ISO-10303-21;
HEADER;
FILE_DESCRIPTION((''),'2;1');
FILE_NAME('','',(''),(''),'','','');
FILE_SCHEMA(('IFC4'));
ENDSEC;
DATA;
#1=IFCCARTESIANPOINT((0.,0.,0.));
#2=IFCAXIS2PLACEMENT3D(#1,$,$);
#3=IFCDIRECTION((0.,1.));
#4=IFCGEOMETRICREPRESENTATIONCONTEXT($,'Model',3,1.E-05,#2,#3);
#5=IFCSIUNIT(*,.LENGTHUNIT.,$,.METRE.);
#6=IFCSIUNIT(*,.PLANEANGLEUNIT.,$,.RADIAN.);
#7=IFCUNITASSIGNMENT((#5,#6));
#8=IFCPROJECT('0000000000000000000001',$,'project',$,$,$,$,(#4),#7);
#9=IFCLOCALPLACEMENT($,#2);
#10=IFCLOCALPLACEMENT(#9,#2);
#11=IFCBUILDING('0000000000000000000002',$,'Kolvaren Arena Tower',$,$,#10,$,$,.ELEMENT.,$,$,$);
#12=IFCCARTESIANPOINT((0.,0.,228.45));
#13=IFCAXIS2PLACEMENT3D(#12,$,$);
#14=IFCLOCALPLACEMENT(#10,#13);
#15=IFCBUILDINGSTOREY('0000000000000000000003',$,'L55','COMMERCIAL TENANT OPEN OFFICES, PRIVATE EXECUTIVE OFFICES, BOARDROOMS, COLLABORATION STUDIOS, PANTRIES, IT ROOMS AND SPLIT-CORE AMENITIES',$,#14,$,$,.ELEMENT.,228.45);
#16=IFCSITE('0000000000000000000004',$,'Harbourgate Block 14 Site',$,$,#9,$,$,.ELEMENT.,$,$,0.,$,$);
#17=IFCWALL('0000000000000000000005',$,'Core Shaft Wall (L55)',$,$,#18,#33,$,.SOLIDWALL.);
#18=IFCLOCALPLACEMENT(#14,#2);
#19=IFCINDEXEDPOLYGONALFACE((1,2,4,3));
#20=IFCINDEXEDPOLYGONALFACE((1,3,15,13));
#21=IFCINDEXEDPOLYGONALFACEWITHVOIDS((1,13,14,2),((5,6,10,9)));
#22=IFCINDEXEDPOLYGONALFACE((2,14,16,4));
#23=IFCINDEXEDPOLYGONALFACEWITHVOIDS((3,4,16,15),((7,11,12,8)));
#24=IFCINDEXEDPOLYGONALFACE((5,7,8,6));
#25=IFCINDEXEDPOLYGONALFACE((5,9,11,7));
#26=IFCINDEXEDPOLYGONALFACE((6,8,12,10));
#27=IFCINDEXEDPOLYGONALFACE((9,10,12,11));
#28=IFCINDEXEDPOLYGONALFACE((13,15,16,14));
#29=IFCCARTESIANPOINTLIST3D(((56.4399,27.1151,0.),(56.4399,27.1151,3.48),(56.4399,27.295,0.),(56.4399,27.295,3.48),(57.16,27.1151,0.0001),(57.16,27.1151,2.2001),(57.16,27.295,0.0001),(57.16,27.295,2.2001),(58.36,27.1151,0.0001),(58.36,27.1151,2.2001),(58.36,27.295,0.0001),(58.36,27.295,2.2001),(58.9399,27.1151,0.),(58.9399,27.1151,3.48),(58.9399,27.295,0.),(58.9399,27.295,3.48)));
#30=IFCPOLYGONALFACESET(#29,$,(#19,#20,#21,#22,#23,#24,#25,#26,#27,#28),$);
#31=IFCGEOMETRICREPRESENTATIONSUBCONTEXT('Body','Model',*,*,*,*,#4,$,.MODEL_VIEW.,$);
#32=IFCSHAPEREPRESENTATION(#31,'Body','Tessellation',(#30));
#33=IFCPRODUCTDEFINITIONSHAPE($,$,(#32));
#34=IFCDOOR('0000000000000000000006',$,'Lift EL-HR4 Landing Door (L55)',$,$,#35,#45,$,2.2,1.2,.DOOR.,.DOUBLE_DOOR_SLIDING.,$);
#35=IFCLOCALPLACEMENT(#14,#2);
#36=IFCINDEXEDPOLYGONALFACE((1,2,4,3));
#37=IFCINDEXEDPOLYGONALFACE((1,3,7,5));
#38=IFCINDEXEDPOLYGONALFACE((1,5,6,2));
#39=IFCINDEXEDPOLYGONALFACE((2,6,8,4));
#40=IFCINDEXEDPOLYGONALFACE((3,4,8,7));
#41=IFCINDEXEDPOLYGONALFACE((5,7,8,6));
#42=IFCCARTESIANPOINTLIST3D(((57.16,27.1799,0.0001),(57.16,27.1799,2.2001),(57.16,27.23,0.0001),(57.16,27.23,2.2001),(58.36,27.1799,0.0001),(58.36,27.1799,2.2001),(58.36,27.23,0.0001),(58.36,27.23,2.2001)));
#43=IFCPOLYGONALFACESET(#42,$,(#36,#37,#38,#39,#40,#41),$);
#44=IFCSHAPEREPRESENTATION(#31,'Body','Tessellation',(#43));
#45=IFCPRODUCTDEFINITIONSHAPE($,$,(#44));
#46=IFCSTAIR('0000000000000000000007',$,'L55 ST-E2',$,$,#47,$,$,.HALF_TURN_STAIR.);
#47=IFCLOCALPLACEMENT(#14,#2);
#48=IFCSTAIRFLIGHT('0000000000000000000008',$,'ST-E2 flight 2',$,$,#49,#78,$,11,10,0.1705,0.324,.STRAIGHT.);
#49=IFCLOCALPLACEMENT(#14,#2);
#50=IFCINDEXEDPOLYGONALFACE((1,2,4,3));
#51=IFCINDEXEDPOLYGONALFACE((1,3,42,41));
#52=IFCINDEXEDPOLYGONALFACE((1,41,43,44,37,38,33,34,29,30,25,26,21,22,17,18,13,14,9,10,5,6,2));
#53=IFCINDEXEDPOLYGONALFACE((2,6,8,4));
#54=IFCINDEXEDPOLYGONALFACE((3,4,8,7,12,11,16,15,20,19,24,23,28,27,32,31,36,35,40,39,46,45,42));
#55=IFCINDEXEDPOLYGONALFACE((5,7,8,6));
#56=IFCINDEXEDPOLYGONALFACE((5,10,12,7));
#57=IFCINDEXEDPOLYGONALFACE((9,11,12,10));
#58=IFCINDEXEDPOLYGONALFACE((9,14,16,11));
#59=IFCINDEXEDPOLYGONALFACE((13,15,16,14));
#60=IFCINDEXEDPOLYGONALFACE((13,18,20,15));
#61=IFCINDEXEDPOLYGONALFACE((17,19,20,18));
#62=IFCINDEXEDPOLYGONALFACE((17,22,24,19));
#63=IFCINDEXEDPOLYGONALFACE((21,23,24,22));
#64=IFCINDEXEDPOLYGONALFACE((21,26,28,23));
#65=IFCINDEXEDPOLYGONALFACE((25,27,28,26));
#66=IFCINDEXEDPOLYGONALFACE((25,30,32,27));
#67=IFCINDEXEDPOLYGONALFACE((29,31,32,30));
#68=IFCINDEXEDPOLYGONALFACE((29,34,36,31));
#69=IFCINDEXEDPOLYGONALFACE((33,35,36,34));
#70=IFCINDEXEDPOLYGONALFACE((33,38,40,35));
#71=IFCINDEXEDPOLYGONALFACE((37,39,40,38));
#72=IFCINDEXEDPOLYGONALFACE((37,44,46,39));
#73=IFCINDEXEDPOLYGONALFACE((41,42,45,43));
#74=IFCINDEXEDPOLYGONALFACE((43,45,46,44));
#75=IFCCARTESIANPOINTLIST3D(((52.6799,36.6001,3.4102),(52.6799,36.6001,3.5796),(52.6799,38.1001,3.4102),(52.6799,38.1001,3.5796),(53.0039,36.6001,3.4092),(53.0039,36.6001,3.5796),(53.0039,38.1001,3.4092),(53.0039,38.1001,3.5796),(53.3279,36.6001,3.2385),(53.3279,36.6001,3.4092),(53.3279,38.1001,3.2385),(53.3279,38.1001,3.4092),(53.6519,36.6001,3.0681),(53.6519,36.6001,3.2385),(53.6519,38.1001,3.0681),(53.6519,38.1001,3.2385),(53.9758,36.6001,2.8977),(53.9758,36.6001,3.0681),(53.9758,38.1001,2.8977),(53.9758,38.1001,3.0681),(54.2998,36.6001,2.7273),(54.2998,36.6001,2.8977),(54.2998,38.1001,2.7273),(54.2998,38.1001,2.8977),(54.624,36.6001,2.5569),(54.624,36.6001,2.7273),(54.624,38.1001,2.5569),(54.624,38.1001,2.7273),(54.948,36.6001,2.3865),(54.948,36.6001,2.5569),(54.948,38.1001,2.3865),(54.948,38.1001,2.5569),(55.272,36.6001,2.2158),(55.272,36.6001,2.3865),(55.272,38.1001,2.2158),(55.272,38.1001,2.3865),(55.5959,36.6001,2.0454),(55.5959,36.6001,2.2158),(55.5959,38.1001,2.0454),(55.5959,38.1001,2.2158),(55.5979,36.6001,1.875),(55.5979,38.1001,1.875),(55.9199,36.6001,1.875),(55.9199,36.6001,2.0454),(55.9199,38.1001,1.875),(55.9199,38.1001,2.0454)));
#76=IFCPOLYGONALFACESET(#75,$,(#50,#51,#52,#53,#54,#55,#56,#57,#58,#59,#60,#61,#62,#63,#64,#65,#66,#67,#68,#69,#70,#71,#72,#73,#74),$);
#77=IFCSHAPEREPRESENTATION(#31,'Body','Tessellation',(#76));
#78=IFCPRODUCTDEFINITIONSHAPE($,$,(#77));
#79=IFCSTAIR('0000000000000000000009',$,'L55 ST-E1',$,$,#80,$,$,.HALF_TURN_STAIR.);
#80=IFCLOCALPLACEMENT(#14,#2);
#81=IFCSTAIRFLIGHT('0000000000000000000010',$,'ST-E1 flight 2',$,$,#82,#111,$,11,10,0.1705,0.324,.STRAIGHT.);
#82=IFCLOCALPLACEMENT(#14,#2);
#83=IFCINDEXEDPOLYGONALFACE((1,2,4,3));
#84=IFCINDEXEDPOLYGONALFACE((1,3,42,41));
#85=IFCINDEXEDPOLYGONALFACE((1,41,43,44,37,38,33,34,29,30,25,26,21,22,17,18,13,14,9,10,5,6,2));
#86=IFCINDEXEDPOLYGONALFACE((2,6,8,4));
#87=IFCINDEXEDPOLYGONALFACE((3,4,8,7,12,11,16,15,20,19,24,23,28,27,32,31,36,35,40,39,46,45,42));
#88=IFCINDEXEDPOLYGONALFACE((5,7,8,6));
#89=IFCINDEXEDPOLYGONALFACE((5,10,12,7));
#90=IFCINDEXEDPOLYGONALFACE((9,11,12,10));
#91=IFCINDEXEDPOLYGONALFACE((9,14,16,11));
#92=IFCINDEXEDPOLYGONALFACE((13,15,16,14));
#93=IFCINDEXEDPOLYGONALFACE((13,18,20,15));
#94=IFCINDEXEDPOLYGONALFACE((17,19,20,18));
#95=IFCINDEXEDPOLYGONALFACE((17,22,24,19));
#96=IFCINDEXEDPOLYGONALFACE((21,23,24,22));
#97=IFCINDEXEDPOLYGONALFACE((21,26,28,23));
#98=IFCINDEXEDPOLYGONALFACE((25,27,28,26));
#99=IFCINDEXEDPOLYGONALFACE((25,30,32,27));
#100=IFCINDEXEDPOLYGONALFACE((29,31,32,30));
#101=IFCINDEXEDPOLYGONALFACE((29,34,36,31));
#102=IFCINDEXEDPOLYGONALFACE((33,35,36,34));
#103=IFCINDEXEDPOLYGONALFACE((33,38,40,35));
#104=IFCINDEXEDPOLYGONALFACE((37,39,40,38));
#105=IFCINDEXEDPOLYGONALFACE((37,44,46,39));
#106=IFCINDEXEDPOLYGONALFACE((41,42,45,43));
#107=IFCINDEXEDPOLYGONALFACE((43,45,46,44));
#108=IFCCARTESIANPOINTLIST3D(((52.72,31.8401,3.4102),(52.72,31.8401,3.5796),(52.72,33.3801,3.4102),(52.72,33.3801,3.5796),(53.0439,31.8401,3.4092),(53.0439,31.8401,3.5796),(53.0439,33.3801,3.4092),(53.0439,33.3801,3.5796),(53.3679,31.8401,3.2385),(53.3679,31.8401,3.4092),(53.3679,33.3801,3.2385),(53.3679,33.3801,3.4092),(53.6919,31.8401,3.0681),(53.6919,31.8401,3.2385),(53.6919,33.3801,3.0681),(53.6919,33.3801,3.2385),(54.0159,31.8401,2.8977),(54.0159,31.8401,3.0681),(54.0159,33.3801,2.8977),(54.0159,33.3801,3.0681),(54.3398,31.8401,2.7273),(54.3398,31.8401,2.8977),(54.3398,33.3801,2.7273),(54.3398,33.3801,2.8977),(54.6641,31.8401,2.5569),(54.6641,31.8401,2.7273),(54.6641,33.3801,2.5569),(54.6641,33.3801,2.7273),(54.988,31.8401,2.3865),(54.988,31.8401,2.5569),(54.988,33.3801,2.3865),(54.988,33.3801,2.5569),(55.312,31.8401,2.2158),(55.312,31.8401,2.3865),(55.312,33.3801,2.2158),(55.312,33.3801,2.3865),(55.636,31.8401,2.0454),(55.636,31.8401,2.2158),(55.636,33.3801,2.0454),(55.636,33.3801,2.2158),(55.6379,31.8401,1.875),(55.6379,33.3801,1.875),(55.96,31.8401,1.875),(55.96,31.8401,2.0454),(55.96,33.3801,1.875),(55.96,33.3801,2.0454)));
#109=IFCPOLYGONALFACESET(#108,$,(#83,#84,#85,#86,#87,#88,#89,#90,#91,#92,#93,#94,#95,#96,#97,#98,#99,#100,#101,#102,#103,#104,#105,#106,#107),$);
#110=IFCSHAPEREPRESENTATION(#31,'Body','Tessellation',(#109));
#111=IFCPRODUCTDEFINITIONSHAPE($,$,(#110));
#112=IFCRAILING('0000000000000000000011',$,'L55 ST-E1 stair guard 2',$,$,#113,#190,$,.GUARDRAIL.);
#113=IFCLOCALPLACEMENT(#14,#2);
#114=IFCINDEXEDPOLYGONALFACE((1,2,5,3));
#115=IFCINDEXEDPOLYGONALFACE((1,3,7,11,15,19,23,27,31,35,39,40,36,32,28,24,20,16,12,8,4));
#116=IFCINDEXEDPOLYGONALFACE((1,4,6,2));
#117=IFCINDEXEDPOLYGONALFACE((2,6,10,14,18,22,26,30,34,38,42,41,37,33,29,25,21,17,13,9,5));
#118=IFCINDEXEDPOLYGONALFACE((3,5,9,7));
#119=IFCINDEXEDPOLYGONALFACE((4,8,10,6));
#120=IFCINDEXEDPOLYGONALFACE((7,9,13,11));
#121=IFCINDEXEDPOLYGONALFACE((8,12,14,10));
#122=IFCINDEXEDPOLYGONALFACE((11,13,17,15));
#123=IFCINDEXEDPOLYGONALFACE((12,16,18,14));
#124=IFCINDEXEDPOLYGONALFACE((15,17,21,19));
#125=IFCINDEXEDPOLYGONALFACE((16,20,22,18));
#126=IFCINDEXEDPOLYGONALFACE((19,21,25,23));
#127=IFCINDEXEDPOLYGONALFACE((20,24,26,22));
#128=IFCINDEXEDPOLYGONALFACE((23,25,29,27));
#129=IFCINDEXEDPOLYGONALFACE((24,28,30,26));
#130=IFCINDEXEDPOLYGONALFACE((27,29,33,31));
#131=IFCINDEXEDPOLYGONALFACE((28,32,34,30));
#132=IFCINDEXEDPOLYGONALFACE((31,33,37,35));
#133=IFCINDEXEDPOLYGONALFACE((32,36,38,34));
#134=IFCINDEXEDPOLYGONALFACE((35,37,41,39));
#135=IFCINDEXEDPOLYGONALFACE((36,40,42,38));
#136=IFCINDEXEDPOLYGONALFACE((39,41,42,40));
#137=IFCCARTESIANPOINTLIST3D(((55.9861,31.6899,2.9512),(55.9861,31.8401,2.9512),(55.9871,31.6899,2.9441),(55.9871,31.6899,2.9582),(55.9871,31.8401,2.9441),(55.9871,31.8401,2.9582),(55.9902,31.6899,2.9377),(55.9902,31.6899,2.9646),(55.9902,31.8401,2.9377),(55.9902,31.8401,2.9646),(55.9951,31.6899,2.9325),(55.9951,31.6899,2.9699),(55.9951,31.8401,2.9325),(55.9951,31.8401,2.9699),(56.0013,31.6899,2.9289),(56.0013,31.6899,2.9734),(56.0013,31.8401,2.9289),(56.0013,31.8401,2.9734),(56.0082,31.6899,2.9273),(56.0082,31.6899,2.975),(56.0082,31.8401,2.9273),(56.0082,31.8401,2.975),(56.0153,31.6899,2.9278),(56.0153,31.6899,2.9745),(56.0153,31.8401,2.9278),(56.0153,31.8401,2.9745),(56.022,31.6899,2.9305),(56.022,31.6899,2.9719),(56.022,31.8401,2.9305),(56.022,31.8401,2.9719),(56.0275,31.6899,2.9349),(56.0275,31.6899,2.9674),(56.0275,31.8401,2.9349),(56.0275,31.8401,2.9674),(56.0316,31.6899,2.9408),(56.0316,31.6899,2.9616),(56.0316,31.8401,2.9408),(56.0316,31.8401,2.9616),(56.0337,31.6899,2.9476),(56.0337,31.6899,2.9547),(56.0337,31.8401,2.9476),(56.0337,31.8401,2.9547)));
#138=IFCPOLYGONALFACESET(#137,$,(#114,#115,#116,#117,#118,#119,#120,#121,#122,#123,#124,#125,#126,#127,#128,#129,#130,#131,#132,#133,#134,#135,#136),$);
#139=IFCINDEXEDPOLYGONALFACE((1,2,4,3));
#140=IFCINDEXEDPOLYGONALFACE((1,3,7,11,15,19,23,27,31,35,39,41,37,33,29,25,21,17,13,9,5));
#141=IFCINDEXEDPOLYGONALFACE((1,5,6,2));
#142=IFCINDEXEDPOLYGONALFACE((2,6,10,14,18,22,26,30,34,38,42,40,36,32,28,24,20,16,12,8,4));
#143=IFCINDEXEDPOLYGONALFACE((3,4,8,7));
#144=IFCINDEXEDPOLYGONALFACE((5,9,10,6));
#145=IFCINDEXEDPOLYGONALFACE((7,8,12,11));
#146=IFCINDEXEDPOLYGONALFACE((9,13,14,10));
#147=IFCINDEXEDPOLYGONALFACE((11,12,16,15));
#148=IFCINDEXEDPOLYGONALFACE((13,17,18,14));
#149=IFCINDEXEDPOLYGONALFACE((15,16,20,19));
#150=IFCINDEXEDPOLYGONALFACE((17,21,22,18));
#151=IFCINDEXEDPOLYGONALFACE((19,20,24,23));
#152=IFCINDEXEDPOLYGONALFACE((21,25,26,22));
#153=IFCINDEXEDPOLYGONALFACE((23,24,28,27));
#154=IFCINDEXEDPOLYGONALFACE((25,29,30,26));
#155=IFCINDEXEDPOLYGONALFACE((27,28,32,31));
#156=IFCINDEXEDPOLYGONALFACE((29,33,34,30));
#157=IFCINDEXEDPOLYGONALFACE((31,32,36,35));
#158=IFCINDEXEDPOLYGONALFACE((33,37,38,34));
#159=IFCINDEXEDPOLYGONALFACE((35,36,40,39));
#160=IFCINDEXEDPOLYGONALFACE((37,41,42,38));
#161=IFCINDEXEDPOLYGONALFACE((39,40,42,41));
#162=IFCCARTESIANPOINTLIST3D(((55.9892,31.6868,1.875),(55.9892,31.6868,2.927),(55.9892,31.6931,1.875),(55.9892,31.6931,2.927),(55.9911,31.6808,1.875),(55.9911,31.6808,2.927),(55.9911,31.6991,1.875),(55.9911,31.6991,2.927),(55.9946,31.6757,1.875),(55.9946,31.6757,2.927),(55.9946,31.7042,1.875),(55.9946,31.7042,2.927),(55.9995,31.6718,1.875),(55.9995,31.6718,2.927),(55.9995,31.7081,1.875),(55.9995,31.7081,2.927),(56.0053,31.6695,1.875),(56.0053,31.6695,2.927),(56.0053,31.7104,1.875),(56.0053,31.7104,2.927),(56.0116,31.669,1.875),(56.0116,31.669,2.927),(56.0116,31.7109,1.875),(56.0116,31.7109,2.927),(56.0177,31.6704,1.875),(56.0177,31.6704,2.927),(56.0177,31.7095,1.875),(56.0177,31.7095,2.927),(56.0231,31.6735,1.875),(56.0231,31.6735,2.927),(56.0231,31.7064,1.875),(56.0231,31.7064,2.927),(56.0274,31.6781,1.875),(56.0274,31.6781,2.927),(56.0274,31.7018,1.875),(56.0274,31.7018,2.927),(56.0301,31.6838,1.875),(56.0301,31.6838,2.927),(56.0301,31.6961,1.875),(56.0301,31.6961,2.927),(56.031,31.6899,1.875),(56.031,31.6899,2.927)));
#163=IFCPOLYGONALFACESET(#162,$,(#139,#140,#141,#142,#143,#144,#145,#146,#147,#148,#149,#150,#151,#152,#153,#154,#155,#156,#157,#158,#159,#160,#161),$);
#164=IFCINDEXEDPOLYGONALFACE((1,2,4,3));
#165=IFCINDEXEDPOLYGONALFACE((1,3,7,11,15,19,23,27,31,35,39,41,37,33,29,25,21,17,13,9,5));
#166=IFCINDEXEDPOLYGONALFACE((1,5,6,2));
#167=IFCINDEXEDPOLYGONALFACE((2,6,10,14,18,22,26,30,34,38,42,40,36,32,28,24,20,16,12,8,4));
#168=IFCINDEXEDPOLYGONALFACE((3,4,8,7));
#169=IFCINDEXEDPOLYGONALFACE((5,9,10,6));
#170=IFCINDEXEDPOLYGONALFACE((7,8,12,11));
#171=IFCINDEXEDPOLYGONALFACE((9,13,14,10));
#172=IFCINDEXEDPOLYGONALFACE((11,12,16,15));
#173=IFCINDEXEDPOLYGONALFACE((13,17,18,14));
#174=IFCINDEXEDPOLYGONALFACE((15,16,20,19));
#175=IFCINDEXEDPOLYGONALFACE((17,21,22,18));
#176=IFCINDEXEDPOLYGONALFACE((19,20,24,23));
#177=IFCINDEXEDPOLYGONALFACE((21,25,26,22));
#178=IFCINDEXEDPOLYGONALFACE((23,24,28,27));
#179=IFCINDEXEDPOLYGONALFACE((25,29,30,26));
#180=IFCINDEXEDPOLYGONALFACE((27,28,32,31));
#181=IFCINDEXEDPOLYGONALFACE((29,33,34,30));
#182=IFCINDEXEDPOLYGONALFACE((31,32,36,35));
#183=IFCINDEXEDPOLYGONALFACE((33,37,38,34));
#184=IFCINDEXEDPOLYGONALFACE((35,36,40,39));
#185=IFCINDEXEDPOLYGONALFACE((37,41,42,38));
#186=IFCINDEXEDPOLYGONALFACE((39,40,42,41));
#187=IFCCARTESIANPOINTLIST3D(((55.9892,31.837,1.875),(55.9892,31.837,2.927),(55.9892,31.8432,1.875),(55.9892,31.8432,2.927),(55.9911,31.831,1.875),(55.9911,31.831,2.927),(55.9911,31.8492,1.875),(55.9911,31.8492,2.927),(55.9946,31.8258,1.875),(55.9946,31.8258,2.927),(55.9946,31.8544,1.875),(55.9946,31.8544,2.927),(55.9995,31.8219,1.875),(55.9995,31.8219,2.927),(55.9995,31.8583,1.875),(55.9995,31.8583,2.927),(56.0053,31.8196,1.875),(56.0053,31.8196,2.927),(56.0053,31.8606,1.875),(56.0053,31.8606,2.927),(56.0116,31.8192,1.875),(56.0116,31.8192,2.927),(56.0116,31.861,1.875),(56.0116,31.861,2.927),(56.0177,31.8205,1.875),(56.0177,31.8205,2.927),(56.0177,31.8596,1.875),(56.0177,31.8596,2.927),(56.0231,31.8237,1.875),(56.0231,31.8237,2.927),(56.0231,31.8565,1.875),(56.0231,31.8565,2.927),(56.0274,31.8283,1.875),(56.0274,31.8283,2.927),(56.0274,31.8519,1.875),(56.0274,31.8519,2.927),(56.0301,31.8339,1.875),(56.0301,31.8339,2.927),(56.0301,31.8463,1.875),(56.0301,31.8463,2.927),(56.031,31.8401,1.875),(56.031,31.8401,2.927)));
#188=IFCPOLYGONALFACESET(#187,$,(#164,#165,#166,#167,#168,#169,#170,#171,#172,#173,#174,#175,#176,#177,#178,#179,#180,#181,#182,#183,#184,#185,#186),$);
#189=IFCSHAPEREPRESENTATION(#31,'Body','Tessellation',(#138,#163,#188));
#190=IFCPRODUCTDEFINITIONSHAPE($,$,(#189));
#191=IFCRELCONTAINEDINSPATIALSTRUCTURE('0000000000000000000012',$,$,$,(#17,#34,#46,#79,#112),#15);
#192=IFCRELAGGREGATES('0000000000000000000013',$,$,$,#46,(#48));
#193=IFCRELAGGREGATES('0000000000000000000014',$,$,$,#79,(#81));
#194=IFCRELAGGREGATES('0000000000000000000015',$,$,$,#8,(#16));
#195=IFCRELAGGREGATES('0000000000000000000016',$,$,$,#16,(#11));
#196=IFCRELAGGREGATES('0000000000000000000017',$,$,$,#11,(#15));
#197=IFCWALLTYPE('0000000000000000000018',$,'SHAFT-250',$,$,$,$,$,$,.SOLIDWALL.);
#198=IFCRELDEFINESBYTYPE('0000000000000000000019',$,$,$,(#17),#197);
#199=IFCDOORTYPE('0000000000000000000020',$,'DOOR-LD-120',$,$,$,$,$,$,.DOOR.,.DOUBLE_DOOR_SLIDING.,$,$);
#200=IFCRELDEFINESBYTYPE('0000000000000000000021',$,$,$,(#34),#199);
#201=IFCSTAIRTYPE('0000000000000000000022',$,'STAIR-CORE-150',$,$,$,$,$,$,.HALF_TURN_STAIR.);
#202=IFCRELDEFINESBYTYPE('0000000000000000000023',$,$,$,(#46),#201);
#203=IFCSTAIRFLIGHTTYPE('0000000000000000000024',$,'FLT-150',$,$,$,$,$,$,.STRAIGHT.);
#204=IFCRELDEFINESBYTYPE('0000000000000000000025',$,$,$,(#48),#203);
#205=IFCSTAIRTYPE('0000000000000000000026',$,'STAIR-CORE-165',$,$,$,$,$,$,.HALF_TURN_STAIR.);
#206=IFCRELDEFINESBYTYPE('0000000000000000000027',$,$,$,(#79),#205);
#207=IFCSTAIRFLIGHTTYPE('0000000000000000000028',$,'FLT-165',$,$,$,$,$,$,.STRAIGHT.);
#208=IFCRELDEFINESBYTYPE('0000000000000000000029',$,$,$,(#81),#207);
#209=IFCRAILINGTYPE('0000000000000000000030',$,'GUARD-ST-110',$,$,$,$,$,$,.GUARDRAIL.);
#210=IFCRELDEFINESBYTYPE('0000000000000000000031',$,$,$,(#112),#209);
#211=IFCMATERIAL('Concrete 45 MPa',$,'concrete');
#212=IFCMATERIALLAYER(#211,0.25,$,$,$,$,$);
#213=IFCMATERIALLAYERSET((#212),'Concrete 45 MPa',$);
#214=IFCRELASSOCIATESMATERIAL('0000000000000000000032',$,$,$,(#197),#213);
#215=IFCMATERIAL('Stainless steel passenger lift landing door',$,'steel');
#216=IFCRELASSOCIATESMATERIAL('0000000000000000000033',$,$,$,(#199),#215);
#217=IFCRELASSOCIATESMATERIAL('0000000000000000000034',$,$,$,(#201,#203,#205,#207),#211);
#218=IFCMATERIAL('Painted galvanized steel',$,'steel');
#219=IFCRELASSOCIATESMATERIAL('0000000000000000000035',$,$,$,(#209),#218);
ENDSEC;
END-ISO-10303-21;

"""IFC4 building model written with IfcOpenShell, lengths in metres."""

from ifc_helpers import new_model, si_unit, direction, frame, frame_2d, origin, origin_2d, place, context, subcontext, project, spatial, polyline, rectangle, circle, outline, extrude, material, layer, layer_set, type_object, element, fill, aggregate, save


model = new_model("IFC4")

# Units and contexts
model_context = context("Model", 3, precision=1e-05, world=origin(), true_north=direction((0.0, 1.0)))
body_context = subcontext(model_context, "Body", "Model", "MODEL_VIEW")
ifc_project = project(units=[si_unit("LENGTHUNIT", "METRE"), si_unit("PLANEANGLEUNIT", "RADIAN")], contexts=[model_context])

# Site, building, storey
site_placement = place(None, origin())
site = spatial("IfcSite", under=ifc_project, at=site_placement, Name="Harbourgate Block 14 Site", CompositionType="ELEMENT", RefElevation=0.0)
building_placement = place(site_placement, origin())
building = spatial("IfcBuilding", under=site, at=building_placement, Name="Kolvaren Arena Tower", CompositionType="ELEMENT")
storey_placement = place(building_placement, frame((0.0, 0.0, 228.45)))
storey = spatial("IfcBuildingStorey", under=building, at=storey_placement, Name="L55", Description="COMMERCIAL TENANT OPEN OFFICES, PRIVATE EXECUTIVE OFFICES, BOARDROOMS, COLLABORATION STUDIOS, PANTRIES, IT ROOMS AND SPLIT-CORE AMENITIES", CompositionType="ELEMENT", Elevation=228.45)

# Shared definitions
ifc_material_1 = material(Name="Concrete 45 MPa", Category="concrete")
ifc_layer = layer(ifc_material_1, 0.25)
ifc_layer_set = layer_set([ifc_layer], Name="Concrete 45 MPa")
wall_type = type_object("IfcWallType", Name="SHAFT-250", PredefinedType="SOLIDWALL", material=ifc_layer_set)

# Wall, opening, door
wall_1_placement = place(storey_placement, frame((56.4399, 27.2051, 0.0), z_axis=(0.0, 0.0, 1.0), x_axis=(1.0, 0.0, 0.0)))
wall_1 = element("IfcWall", 1, at=wall_1_placement, inside=storey, type_object=wall_type, Name="Core Shaft Wall (L55)", PredefinedType="SOLIDWALL", context=body_context, shape_type="SweptSolid", body=[
    extrude(rectangle(XDim=2.5, YDim=0.1799, at=frame_2d((1.25, 0.0))), origin(), (0.0, 0.0, 1.0), 3.48),
])
opening_1_placement = place(wall_1_placement, frame((0.72, 0.0, 0.0)))
opening_1 = element("IfcOpeningElement", 2, at=opening_1_placement, cuts=wall_1, PredefinedType="OPENING", context=body_context, shape_type="SweptSolid", body=[
    extrude(rectangle(XDim=1.2, YDim=2.2, at=frame_2d((0.6001, 1.1001))), frame((0.0, 0.0999, 0.0), z_axis=(0.0, -1.0, 0.0), x_axis=(1.0, 0.0, 0.0)), (0.0, 0.0, 1.0), 0.2),
])
ifc_material_2 = material(Name="Stainless steel passenger lift landing door", Category="steel")
door_type_1 = type_object("IfcDoorType", Name="DOOR-LD-120", OperationType="DOUBLE_DOOR_SLIDING", PredefinedType="DOOR", material=ifc_material_2)
door_1_placement = place(opening_1_placement, origin())
door_1 = element("IfcDoor", 3, at=door_1_placement, inside=storey, type_object=door_type_1, Name="Lift EL-HR4 Landing Door (L55)", OperationType="DOUBLE_DOOR_SLIDING", OverallHeight=2.2, OverallWidth=1.2, PredefinedType="DOOR", context=body_context, shape_type="SweptSolid", body=[
    extrude(rectangle(XDim=1.2, YDim=2.2, at=frame_2d((0.6001, 1.1001))), frame((0.0, 0.0249, 0.0), z_axis=(0.0, -1.0, 0.0), x_axis=(1.0, 0.0, 0.0)), (0.0, 0.0, 1.0), 0.05),
])
fill(opening_1, door_1)

# Stairs, stair flights
stair_type_1 = type_object("IfcStairType", Name="STAIR-CORE-150", PredefinedType="HALF_TURN_STAIR", material=ifc_material_1)
stair_1_placement = place(storey_placement, origin())
stair_1 = element("IfcStair", 4, at=stair_1_placement, inside=storey, type_object=stair_type_1, Name="L55 ST-E2", PredefinedType="HALF_TURN_STAIR")
stair_flight_type_1 = type_object("IfcStairFlightType", Name="FLT-150", PredefinedType="STRAIGHT", material=ifc_material_1)
stair_flight_1_placement = place(storey_placement, frame((55.9199, 37.3501, 1.875), z_axis=(0.0, 0.0, 1.0), x_axis=(-1.0, 0.0, 0.0)))
stair_flight_1 = element("IfcStairFlight", 5, at=stair_flight_1_placement, type_object=stair_flight_type_1, Name="ST-E2 flight 2", NumberOfRisers=11, NumberOfTreads=10, PredefinedType="STRAIGHT", RiserHeight=0.1705, TreadLength=0.324, context=body_context, shape_type="SweptSolid", body=[
    extrude(outline(polyline([(0.0, 0.0), (0.0, 0.1704), (0.324, 0.1704), (0.324, 0.3408), (0.6479, 0.3408), (0.6479, 0.5115), (0.9719, 0.5115), (0.9719, 0.6819), (1.2959, 0.6819), (1.2959, 0.8523), (1.6201, 0.8523), (1.6201, 1.0227), (1.9441, 1.0227), (1.9441, 1.1931), (2.2681, 1.1931), (2.2681, 1.3635), (2.592, 1.3635), (2.592, 1.5342), (2.916, 1.5342), (2.916, 1.7046), (3.24, 1.7046), (3.24, 1.875), (3.24, 1.5352), (0.322, 0.0), (0.0, 0.0)])), frame((0.0, 0.75, 0.0), z_axis=(0.0, -1.0, 0.0), x_axis=(1.0, 0.0, 0.0)), (0.0, 0.0, 1.0), 1.5),
])
aggregate(stair_1, [stair_flight_1])
stair_type_2 = type_object("IfcStairType", Name="STAIR-CORE-165", PredefinedType="HALF_TURN_STAIR", material=ifc_material_1)
stair_2_placement = place(storey_placement, origin())
stair_2 = element("IfcStair", 6, at=stair_2_placement, inside=storey, type_object=stair_type_2, Name="L55 ST-E1", PredefinedType="HALF_TURN_STAIR")
stair_flight_type_2 = type_object("IfcStairFlightType", Name="FLT-165", PredefinedType="STRAIGHT", material=ifc_material_1)
stair_flight_2_placement = place(storey_placement, frame((55.96, 32.6101, 1.875), z_axis=(0.0, 0.0, 1.0), x_axis=(-1.0, 0.0, 0.0)))
stair_flight_2 = element("IfcStairFlight", 7, at=stair_flight_2_placement, type_object=stair_flight_type_2, Name="ST-E1 flight 2", NumberOfRisers=11, NumberOfTreads=10, PredefinedType="STRAIGHT", RiserHeight=0.1705, TreadLength=0.324, context=body_context, shape_type="SweptSolid", body=[
    extrude(outline(polyline([(0.0, 0.0), (0.0, 0.1704), (0.324, 0.1704), (0.324, 0.3408), (0.6479, 0.3408), (0.6479, 0.5115), (0.9719, 0.5115), (0.9719, 0.6819), (1.2959, 0.6819), (1.2959, 0.8523), (1.6201, 0.8523), (1.6201, 1.0227), (1.9441, 1.0227), (1.9441, 1.1931), (2.2681, 1.1931), (2.2681, 1.3635), (2.592, 1.3635), (2.592, 1.5342), (2.916, 1.5342), (2.916, 1.7046), (3.24, 1.7046), (3.24, 1.875), (3.24, 1.5352), (0.322, 0.0), (0.0, 0.0)])), frame((0.0, 0.77, 0.0), z_axis=(0.0, -1.0, 0.0), x_axis=(1.0, 0.0, 0.0)), (0.0, 0.0, 1.0), 1.54),
])
aggregate(stair_2, [stair_flight_2])

# Railing
ifc_material_3 = material(Name="Painted galvanized steel", Category="steel")
railing_type_1 = type_object("IfcRailingType", Name="GUARD-ST-110", PredefinedType="GUARDRAIL", material=ifc_material_3)
railing_1_placement = place(storey_placement, frame((56.01, 31.6899, 1.875)))
element("IfcRailing", 8, at=railing_1_placement, inside=storey, type_object=railing_type_1, Name="L55 ST-E1 stair guard 2", PredefinedType="GUARDRAIL", context=body_context, shape_type="SweptSolid", body=[
    extrude(circle(Radius=0.0239, at=origin_2d()), frame((0.0, 0.0, 1.0762), z_axis=(0.0, 1.0, 0.0), x_axis=(-1.0, 0.0, 0.0)), (0.0, 0.0, 1.0), 0.1501),
    extrude(circle(Radius=0.021, at=origin_2d()), origin(), (0.0, 0.0, 1.0), 1.052),
    extrude(circle(Radius=0.021, at=origin_2d()), frame((0.0, 0.1501, 0.0)), (0.0, 0.0, 1.0), 1.052),
])

save(model, "model.ifc")
